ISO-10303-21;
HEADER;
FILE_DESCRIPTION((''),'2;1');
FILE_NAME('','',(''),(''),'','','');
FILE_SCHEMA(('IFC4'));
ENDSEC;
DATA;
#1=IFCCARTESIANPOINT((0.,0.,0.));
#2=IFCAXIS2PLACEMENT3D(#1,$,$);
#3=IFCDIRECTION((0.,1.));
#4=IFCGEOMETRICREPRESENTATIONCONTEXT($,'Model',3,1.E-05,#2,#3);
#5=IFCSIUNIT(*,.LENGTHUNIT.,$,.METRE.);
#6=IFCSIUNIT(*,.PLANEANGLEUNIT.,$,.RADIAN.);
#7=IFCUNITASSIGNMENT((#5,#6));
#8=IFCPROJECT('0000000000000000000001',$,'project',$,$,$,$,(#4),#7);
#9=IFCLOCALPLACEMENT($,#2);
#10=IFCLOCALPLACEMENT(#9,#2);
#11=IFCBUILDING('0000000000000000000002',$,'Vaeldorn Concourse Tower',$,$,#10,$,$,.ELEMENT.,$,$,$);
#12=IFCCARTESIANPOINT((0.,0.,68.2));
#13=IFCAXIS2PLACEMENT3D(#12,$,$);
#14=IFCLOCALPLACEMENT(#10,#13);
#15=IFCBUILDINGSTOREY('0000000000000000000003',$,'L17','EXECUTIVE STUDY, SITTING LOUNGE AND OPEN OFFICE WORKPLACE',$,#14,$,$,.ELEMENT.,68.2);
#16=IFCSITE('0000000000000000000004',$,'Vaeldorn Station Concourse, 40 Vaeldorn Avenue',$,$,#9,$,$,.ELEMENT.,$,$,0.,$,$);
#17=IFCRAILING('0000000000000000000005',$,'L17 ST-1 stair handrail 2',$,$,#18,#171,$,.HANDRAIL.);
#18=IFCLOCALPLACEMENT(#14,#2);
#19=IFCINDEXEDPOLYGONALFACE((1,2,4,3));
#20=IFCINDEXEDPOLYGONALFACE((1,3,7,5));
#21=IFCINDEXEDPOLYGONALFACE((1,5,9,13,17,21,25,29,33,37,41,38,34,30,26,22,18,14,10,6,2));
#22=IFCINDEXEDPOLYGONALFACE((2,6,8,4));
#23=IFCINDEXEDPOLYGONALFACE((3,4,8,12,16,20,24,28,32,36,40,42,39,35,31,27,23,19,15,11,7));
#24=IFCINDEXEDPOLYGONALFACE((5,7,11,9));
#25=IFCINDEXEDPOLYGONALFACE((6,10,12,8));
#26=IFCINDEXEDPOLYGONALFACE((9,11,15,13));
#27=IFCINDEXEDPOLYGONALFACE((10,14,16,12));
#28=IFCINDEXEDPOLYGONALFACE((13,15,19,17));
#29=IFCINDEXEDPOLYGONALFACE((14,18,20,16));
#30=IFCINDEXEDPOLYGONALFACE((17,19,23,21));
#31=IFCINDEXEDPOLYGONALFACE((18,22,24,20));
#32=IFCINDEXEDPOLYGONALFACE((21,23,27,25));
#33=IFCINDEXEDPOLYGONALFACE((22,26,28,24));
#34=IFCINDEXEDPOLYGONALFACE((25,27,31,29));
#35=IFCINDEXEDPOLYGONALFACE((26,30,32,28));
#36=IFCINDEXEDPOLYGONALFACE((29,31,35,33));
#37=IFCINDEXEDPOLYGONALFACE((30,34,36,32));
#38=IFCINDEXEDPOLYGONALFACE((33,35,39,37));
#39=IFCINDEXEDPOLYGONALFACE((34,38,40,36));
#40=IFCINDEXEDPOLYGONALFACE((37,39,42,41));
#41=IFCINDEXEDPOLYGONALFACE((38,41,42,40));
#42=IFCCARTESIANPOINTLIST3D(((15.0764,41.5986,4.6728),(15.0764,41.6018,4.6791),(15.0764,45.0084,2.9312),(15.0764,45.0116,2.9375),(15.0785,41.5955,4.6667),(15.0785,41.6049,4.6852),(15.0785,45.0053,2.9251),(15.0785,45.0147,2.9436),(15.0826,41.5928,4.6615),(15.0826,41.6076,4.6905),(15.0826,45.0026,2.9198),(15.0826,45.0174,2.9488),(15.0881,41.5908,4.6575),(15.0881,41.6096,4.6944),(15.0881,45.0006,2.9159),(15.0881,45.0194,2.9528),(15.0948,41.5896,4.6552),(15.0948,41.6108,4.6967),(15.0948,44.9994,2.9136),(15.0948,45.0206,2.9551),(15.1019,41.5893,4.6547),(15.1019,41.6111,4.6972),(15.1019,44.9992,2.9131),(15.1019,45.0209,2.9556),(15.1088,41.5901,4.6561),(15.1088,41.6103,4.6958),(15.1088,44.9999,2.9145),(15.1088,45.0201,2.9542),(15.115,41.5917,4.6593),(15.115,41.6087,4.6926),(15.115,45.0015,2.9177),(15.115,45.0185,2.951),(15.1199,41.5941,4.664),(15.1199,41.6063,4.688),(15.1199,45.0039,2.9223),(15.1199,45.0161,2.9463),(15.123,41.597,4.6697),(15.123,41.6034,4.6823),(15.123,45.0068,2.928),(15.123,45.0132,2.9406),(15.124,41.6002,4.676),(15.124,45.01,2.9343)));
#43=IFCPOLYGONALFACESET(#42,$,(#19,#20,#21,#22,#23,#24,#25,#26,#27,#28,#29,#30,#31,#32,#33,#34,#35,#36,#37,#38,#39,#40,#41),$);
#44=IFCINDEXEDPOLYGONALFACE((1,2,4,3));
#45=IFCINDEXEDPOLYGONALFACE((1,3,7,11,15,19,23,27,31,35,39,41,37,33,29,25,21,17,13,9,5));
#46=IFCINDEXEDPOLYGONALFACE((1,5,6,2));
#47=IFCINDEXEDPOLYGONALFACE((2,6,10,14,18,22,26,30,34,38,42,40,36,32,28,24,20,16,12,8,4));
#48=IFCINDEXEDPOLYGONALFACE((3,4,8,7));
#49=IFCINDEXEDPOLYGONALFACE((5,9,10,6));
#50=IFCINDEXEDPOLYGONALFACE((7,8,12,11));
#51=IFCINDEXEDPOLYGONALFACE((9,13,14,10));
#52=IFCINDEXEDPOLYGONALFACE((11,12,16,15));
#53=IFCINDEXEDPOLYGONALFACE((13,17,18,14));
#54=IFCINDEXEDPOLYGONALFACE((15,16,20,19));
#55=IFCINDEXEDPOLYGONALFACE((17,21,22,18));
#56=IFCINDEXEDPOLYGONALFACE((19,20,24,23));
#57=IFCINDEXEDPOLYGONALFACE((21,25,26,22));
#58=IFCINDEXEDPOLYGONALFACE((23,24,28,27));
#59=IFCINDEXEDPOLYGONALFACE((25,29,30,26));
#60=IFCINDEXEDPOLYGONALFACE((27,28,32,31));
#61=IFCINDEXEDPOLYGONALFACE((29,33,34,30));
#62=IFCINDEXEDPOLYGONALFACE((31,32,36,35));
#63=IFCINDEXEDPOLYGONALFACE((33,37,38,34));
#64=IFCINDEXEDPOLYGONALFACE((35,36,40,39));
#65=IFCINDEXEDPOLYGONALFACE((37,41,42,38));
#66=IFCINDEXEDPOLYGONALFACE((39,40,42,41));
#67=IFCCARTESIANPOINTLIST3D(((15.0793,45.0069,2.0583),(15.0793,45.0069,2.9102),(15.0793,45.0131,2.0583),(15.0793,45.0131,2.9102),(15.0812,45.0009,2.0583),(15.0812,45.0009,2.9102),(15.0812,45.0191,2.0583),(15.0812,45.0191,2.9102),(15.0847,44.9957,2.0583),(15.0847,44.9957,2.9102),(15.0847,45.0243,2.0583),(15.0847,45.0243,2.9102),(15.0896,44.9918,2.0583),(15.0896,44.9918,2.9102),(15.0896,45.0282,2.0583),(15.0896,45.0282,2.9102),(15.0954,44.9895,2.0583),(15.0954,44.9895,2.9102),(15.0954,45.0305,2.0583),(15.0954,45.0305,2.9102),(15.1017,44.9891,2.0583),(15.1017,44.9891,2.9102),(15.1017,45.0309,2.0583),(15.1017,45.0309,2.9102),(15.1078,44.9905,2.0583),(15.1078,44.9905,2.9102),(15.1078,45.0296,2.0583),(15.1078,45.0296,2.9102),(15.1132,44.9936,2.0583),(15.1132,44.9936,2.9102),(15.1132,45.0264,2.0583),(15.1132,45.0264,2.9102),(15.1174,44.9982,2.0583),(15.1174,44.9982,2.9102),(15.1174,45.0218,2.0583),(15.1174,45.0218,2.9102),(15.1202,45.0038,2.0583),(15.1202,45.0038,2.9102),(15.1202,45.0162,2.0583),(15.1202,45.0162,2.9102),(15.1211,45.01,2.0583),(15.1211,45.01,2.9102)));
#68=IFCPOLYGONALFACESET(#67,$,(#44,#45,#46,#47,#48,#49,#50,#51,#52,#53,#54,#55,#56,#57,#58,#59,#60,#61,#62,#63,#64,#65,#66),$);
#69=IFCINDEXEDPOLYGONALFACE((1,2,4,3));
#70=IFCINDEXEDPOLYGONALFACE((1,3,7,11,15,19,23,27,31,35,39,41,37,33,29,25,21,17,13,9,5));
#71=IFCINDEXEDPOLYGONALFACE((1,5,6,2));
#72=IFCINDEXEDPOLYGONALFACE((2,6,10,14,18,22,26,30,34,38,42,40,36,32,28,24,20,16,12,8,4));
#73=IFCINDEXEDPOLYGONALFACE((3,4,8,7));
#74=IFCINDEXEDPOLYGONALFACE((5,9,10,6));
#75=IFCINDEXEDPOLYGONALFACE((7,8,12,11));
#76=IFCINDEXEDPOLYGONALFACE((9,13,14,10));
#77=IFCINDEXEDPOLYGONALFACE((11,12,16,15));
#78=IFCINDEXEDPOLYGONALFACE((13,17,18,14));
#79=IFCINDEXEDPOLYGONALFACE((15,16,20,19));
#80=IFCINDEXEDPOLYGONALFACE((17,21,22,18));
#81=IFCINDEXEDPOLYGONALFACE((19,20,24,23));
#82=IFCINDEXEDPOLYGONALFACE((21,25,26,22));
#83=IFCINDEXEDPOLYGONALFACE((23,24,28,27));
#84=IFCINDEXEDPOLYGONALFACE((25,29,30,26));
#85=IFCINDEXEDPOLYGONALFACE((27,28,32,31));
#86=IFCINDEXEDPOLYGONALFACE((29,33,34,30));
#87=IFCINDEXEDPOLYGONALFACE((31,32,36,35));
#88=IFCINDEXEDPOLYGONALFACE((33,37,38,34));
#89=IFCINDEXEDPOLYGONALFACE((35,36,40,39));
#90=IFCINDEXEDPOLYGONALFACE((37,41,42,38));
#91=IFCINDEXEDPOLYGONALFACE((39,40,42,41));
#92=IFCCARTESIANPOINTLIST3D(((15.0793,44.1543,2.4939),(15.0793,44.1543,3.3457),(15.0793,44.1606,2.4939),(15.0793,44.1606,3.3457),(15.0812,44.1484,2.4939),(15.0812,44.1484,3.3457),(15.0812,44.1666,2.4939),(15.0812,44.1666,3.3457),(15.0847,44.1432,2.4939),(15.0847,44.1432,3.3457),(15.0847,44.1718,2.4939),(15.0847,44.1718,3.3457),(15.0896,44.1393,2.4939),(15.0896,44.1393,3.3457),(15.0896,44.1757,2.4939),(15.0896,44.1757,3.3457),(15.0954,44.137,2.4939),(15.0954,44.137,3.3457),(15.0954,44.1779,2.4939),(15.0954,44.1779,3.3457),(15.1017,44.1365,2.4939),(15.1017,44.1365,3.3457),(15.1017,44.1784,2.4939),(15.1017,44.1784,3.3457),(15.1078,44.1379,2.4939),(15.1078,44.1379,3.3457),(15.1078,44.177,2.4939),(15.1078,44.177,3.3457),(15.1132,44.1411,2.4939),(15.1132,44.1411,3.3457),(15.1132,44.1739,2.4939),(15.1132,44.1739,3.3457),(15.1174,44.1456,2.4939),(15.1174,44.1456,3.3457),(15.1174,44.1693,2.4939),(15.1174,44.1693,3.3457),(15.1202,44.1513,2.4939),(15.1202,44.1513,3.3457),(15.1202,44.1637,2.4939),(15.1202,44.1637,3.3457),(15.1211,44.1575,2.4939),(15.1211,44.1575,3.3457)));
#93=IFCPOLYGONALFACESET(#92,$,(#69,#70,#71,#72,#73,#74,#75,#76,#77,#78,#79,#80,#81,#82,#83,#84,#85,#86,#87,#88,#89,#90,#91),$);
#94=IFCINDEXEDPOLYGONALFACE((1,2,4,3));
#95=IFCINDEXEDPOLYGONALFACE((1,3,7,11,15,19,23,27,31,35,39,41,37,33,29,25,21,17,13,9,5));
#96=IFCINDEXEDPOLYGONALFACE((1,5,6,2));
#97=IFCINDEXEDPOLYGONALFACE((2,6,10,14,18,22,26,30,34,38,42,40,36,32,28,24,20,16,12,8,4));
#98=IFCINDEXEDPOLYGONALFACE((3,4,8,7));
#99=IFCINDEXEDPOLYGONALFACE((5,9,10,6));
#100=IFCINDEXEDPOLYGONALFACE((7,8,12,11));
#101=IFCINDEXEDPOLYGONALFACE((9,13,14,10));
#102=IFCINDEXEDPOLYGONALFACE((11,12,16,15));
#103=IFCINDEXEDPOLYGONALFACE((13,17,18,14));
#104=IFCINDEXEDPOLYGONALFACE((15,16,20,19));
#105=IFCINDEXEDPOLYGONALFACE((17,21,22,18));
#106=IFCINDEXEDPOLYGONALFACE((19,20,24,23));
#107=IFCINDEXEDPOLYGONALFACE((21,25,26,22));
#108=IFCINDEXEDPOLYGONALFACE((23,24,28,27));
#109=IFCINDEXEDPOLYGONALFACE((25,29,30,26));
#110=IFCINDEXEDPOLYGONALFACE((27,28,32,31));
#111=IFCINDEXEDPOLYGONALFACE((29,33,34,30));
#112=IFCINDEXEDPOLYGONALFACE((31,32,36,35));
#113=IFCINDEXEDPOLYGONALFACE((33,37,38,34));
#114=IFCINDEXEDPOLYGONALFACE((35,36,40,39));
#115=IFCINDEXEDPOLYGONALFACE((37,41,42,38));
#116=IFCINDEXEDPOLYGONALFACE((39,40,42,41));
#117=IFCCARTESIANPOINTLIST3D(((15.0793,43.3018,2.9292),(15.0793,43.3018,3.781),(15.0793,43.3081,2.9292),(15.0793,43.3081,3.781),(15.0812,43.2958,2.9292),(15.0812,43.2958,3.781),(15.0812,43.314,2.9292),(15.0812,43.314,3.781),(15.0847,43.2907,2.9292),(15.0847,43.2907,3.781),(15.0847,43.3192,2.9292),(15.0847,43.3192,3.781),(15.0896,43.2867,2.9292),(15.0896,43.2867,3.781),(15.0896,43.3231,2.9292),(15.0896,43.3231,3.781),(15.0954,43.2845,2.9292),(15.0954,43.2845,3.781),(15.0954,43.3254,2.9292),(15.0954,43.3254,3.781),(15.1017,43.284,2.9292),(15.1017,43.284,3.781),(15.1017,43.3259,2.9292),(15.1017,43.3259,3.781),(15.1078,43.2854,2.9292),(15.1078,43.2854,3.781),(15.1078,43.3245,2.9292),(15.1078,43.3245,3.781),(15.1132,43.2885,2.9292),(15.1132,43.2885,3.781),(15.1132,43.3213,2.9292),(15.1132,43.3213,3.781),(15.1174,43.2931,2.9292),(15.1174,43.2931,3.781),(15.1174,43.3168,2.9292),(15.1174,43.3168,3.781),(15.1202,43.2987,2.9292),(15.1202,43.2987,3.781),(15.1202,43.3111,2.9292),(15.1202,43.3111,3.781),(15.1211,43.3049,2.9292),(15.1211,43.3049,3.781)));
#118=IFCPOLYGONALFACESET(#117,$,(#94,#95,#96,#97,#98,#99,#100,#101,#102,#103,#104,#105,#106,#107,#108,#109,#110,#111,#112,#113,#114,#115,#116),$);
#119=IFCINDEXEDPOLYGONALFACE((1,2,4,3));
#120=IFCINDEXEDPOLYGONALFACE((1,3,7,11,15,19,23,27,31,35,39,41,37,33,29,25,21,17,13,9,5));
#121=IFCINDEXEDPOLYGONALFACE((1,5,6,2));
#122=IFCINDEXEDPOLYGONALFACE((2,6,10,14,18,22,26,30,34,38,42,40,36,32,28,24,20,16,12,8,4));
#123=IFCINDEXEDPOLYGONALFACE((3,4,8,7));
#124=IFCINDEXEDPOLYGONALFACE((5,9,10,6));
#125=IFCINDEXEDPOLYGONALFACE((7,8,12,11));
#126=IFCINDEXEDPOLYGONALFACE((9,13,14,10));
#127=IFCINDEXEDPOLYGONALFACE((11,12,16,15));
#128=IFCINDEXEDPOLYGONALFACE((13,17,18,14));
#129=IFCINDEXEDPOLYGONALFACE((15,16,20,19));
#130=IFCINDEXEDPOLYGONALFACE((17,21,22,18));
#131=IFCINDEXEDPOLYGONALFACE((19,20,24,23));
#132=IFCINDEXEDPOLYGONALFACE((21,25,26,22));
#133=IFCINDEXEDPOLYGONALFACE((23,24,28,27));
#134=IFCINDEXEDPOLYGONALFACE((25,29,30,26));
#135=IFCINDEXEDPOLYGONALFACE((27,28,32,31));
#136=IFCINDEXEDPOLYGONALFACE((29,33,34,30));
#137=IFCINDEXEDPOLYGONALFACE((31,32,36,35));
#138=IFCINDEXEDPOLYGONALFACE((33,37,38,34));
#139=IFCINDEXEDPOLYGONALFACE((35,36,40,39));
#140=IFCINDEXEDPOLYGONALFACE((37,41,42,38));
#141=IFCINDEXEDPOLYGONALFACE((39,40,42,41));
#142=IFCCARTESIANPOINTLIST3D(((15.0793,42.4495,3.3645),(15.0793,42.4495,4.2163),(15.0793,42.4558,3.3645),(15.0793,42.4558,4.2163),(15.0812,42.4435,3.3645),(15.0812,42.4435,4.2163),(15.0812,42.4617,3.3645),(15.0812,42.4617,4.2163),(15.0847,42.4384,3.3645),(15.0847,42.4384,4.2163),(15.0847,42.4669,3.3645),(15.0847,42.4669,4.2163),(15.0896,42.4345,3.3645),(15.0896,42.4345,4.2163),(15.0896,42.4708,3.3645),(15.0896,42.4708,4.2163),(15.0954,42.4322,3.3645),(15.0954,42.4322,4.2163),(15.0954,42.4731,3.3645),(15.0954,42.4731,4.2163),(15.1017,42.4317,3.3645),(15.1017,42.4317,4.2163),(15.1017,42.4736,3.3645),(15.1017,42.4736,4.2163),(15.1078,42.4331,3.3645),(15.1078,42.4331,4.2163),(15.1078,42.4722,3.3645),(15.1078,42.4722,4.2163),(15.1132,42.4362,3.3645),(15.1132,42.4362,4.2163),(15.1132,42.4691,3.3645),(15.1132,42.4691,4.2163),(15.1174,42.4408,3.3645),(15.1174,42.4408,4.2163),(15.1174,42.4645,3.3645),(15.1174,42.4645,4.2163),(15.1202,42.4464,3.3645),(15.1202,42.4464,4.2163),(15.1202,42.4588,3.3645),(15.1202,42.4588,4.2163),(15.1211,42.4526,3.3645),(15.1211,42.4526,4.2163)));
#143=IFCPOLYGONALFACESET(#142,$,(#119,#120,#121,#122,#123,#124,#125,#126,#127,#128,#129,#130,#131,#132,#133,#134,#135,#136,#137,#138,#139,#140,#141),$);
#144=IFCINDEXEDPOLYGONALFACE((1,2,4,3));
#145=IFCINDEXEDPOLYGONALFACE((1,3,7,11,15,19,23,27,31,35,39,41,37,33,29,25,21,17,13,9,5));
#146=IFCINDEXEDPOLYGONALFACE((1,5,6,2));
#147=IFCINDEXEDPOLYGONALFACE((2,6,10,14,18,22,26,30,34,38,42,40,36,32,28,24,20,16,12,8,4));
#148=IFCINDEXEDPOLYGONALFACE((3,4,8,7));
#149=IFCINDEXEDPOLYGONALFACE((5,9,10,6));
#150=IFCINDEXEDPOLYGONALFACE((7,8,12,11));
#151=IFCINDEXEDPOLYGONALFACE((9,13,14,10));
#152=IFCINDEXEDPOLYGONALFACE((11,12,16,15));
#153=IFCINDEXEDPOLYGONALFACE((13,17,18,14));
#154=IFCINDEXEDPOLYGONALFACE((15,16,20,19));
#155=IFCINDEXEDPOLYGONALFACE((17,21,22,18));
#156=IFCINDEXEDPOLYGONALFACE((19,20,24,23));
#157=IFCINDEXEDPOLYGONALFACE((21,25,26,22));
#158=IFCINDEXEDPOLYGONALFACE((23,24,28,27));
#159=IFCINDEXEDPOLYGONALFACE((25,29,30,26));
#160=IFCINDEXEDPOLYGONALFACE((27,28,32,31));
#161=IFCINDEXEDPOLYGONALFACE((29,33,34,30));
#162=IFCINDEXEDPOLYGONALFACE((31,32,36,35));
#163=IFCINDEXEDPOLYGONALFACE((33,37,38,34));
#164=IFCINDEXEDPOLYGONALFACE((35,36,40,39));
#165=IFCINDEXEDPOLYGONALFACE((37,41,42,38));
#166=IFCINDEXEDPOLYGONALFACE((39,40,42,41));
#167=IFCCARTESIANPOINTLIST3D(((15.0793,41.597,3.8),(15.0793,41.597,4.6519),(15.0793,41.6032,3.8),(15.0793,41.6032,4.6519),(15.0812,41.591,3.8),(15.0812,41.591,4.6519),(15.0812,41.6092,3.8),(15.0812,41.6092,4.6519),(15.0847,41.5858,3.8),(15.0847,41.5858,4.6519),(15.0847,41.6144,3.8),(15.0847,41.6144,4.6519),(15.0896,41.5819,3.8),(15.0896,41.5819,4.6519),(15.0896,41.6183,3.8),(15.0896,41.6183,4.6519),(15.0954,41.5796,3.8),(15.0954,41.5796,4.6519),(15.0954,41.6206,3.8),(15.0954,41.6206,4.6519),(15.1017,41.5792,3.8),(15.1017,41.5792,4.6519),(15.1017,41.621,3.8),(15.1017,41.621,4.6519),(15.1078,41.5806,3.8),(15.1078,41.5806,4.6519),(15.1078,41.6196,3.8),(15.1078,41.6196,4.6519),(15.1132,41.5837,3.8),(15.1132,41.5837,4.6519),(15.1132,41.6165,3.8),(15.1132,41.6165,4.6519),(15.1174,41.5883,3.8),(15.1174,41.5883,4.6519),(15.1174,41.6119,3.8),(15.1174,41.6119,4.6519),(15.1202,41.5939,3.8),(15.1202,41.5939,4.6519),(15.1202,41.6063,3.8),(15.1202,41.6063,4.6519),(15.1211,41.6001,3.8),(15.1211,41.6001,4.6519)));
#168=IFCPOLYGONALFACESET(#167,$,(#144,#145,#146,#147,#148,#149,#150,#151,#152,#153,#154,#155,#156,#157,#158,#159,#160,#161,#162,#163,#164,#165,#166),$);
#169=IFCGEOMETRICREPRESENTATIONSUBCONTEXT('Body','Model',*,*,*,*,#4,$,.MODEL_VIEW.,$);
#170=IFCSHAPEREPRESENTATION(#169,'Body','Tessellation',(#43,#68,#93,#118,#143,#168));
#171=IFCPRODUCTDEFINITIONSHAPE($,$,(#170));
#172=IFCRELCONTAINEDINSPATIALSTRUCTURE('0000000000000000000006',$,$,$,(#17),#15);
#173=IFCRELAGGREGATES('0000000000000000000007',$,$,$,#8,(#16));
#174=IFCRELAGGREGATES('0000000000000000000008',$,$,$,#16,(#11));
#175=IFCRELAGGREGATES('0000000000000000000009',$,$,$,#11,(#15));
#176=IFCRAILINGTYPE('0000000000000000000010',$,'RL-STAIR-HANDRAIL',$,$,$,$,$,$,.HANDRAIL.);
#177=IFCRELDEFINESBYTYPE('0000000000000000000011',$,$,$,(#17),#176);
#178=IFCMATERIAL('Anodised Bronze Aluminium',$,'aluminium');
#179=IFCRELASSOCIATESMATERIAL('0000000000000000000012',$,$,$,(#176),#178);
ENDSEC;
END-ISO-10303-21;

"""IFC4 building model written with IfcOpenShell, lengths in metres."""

from ifc_helpers import new_model, si_unit, direction, frame, origin, origin_2d, place, context, subcontext, project, spatial, circle, extrude, material, type_object, element, save


model = new_model("IFC4")

# Units and contexts
model_context = context("Model", 3, precision=1e-05, world=origin(), true_north=direction((0.0, 1.0)))
body_context = subcontext(model_context, "Body", "Model", "MODEL_VIEW")
ifc_project = project(units=[si_unit("LENGTHUNIT", "METRE"), si_unit("PLANEANGLEUNIT", "RADIAN")], contexts=[model_context])

# Site, building, storey
site_placement = place(None, origin())
site = spatial("IfcSite", under=ifc_project, at=site_placement, Name="Vaeldorn Station Concourse, 40 Vaeldorn Avenue", CompositionType="ELEMENT", RefElevation=0.0)
building_placement = place(site_placement, origin())
building = spatial("IfcBuilding", under=site, at=building_placement, Name="Vaeldorn Concourse Tower", CompositionType="ELEMENT")
storey_placement = place(building_placement, frame((0.0, 0.0, 68.2)))
storey = spatial("IfcBuildingStorey", under=building, at=storey_placement, Name="L17", Description="EXECUTIVE STUDY, SITTING LOUNGE AND OPEN OFFICE WORKPLACE", CompositionType="ELEMENT", Elevation=68.2)

# Shared definitions
ifc_material_1 = material(Name="Anodised Bronze Aluminium", Category="aluminium")

# Railing
railing_type_1 = type_object("IfcRailingType", Name="RL-STAIR-HANDRAIL", PredefinedType="HANDRAIL", material=ifc_material_1)
railing_1_placement = place(storey_placement, frame((15.1001, 45.01, 2.0583)))
element("IfcRailing", 1, at=railing_1_placement, inside=storey, type_object=railing_type_1, Name="L17 ST-1 stair handrail 2", PredefinedType="HANDRAIL", context=body_context, shape_type="SweptSolid", body=[
    extrude(circle(Radius=0.0239, at=origin_2d()), frame((0.0, 0.0, 0.876), z_axis=(0.0, -0.890556, 0.454874), x_axis=(1.0, 0.0, 0.0)), (0.0, 0.0, 1.0), 3.8289),
    extrude(circle(Radius=0.021, at=origin_2d()), origin(), (0.0, 0.0, 1.0), 0.8518),
    extrude(circle(Radius=0.021, at=origin_2d()), frame((0.0, -0.8525, 0.4355)), (0.0, 0.0, 1.0), 0.8518),
    extrude(circle(Radius=0.021, at=origin_2d()), frame((0.0, -1.7051, 0.8708)), (0.0, 0.0, 1.0), 0.8518),
    extrude(circle(Radius=0.021, at=origin_2d()), frame((0.0, -2.5574, 1.3062)), (0.0, 0.0, 1.0), 0.8518),
    extrude(circle(Radius=0.021, at=origin_2d()), frame((0.0, -3.4099, 1.7417)), (0.0, 0.0, 1.0), 0.8518),
])

save(model, "model.ifc")
